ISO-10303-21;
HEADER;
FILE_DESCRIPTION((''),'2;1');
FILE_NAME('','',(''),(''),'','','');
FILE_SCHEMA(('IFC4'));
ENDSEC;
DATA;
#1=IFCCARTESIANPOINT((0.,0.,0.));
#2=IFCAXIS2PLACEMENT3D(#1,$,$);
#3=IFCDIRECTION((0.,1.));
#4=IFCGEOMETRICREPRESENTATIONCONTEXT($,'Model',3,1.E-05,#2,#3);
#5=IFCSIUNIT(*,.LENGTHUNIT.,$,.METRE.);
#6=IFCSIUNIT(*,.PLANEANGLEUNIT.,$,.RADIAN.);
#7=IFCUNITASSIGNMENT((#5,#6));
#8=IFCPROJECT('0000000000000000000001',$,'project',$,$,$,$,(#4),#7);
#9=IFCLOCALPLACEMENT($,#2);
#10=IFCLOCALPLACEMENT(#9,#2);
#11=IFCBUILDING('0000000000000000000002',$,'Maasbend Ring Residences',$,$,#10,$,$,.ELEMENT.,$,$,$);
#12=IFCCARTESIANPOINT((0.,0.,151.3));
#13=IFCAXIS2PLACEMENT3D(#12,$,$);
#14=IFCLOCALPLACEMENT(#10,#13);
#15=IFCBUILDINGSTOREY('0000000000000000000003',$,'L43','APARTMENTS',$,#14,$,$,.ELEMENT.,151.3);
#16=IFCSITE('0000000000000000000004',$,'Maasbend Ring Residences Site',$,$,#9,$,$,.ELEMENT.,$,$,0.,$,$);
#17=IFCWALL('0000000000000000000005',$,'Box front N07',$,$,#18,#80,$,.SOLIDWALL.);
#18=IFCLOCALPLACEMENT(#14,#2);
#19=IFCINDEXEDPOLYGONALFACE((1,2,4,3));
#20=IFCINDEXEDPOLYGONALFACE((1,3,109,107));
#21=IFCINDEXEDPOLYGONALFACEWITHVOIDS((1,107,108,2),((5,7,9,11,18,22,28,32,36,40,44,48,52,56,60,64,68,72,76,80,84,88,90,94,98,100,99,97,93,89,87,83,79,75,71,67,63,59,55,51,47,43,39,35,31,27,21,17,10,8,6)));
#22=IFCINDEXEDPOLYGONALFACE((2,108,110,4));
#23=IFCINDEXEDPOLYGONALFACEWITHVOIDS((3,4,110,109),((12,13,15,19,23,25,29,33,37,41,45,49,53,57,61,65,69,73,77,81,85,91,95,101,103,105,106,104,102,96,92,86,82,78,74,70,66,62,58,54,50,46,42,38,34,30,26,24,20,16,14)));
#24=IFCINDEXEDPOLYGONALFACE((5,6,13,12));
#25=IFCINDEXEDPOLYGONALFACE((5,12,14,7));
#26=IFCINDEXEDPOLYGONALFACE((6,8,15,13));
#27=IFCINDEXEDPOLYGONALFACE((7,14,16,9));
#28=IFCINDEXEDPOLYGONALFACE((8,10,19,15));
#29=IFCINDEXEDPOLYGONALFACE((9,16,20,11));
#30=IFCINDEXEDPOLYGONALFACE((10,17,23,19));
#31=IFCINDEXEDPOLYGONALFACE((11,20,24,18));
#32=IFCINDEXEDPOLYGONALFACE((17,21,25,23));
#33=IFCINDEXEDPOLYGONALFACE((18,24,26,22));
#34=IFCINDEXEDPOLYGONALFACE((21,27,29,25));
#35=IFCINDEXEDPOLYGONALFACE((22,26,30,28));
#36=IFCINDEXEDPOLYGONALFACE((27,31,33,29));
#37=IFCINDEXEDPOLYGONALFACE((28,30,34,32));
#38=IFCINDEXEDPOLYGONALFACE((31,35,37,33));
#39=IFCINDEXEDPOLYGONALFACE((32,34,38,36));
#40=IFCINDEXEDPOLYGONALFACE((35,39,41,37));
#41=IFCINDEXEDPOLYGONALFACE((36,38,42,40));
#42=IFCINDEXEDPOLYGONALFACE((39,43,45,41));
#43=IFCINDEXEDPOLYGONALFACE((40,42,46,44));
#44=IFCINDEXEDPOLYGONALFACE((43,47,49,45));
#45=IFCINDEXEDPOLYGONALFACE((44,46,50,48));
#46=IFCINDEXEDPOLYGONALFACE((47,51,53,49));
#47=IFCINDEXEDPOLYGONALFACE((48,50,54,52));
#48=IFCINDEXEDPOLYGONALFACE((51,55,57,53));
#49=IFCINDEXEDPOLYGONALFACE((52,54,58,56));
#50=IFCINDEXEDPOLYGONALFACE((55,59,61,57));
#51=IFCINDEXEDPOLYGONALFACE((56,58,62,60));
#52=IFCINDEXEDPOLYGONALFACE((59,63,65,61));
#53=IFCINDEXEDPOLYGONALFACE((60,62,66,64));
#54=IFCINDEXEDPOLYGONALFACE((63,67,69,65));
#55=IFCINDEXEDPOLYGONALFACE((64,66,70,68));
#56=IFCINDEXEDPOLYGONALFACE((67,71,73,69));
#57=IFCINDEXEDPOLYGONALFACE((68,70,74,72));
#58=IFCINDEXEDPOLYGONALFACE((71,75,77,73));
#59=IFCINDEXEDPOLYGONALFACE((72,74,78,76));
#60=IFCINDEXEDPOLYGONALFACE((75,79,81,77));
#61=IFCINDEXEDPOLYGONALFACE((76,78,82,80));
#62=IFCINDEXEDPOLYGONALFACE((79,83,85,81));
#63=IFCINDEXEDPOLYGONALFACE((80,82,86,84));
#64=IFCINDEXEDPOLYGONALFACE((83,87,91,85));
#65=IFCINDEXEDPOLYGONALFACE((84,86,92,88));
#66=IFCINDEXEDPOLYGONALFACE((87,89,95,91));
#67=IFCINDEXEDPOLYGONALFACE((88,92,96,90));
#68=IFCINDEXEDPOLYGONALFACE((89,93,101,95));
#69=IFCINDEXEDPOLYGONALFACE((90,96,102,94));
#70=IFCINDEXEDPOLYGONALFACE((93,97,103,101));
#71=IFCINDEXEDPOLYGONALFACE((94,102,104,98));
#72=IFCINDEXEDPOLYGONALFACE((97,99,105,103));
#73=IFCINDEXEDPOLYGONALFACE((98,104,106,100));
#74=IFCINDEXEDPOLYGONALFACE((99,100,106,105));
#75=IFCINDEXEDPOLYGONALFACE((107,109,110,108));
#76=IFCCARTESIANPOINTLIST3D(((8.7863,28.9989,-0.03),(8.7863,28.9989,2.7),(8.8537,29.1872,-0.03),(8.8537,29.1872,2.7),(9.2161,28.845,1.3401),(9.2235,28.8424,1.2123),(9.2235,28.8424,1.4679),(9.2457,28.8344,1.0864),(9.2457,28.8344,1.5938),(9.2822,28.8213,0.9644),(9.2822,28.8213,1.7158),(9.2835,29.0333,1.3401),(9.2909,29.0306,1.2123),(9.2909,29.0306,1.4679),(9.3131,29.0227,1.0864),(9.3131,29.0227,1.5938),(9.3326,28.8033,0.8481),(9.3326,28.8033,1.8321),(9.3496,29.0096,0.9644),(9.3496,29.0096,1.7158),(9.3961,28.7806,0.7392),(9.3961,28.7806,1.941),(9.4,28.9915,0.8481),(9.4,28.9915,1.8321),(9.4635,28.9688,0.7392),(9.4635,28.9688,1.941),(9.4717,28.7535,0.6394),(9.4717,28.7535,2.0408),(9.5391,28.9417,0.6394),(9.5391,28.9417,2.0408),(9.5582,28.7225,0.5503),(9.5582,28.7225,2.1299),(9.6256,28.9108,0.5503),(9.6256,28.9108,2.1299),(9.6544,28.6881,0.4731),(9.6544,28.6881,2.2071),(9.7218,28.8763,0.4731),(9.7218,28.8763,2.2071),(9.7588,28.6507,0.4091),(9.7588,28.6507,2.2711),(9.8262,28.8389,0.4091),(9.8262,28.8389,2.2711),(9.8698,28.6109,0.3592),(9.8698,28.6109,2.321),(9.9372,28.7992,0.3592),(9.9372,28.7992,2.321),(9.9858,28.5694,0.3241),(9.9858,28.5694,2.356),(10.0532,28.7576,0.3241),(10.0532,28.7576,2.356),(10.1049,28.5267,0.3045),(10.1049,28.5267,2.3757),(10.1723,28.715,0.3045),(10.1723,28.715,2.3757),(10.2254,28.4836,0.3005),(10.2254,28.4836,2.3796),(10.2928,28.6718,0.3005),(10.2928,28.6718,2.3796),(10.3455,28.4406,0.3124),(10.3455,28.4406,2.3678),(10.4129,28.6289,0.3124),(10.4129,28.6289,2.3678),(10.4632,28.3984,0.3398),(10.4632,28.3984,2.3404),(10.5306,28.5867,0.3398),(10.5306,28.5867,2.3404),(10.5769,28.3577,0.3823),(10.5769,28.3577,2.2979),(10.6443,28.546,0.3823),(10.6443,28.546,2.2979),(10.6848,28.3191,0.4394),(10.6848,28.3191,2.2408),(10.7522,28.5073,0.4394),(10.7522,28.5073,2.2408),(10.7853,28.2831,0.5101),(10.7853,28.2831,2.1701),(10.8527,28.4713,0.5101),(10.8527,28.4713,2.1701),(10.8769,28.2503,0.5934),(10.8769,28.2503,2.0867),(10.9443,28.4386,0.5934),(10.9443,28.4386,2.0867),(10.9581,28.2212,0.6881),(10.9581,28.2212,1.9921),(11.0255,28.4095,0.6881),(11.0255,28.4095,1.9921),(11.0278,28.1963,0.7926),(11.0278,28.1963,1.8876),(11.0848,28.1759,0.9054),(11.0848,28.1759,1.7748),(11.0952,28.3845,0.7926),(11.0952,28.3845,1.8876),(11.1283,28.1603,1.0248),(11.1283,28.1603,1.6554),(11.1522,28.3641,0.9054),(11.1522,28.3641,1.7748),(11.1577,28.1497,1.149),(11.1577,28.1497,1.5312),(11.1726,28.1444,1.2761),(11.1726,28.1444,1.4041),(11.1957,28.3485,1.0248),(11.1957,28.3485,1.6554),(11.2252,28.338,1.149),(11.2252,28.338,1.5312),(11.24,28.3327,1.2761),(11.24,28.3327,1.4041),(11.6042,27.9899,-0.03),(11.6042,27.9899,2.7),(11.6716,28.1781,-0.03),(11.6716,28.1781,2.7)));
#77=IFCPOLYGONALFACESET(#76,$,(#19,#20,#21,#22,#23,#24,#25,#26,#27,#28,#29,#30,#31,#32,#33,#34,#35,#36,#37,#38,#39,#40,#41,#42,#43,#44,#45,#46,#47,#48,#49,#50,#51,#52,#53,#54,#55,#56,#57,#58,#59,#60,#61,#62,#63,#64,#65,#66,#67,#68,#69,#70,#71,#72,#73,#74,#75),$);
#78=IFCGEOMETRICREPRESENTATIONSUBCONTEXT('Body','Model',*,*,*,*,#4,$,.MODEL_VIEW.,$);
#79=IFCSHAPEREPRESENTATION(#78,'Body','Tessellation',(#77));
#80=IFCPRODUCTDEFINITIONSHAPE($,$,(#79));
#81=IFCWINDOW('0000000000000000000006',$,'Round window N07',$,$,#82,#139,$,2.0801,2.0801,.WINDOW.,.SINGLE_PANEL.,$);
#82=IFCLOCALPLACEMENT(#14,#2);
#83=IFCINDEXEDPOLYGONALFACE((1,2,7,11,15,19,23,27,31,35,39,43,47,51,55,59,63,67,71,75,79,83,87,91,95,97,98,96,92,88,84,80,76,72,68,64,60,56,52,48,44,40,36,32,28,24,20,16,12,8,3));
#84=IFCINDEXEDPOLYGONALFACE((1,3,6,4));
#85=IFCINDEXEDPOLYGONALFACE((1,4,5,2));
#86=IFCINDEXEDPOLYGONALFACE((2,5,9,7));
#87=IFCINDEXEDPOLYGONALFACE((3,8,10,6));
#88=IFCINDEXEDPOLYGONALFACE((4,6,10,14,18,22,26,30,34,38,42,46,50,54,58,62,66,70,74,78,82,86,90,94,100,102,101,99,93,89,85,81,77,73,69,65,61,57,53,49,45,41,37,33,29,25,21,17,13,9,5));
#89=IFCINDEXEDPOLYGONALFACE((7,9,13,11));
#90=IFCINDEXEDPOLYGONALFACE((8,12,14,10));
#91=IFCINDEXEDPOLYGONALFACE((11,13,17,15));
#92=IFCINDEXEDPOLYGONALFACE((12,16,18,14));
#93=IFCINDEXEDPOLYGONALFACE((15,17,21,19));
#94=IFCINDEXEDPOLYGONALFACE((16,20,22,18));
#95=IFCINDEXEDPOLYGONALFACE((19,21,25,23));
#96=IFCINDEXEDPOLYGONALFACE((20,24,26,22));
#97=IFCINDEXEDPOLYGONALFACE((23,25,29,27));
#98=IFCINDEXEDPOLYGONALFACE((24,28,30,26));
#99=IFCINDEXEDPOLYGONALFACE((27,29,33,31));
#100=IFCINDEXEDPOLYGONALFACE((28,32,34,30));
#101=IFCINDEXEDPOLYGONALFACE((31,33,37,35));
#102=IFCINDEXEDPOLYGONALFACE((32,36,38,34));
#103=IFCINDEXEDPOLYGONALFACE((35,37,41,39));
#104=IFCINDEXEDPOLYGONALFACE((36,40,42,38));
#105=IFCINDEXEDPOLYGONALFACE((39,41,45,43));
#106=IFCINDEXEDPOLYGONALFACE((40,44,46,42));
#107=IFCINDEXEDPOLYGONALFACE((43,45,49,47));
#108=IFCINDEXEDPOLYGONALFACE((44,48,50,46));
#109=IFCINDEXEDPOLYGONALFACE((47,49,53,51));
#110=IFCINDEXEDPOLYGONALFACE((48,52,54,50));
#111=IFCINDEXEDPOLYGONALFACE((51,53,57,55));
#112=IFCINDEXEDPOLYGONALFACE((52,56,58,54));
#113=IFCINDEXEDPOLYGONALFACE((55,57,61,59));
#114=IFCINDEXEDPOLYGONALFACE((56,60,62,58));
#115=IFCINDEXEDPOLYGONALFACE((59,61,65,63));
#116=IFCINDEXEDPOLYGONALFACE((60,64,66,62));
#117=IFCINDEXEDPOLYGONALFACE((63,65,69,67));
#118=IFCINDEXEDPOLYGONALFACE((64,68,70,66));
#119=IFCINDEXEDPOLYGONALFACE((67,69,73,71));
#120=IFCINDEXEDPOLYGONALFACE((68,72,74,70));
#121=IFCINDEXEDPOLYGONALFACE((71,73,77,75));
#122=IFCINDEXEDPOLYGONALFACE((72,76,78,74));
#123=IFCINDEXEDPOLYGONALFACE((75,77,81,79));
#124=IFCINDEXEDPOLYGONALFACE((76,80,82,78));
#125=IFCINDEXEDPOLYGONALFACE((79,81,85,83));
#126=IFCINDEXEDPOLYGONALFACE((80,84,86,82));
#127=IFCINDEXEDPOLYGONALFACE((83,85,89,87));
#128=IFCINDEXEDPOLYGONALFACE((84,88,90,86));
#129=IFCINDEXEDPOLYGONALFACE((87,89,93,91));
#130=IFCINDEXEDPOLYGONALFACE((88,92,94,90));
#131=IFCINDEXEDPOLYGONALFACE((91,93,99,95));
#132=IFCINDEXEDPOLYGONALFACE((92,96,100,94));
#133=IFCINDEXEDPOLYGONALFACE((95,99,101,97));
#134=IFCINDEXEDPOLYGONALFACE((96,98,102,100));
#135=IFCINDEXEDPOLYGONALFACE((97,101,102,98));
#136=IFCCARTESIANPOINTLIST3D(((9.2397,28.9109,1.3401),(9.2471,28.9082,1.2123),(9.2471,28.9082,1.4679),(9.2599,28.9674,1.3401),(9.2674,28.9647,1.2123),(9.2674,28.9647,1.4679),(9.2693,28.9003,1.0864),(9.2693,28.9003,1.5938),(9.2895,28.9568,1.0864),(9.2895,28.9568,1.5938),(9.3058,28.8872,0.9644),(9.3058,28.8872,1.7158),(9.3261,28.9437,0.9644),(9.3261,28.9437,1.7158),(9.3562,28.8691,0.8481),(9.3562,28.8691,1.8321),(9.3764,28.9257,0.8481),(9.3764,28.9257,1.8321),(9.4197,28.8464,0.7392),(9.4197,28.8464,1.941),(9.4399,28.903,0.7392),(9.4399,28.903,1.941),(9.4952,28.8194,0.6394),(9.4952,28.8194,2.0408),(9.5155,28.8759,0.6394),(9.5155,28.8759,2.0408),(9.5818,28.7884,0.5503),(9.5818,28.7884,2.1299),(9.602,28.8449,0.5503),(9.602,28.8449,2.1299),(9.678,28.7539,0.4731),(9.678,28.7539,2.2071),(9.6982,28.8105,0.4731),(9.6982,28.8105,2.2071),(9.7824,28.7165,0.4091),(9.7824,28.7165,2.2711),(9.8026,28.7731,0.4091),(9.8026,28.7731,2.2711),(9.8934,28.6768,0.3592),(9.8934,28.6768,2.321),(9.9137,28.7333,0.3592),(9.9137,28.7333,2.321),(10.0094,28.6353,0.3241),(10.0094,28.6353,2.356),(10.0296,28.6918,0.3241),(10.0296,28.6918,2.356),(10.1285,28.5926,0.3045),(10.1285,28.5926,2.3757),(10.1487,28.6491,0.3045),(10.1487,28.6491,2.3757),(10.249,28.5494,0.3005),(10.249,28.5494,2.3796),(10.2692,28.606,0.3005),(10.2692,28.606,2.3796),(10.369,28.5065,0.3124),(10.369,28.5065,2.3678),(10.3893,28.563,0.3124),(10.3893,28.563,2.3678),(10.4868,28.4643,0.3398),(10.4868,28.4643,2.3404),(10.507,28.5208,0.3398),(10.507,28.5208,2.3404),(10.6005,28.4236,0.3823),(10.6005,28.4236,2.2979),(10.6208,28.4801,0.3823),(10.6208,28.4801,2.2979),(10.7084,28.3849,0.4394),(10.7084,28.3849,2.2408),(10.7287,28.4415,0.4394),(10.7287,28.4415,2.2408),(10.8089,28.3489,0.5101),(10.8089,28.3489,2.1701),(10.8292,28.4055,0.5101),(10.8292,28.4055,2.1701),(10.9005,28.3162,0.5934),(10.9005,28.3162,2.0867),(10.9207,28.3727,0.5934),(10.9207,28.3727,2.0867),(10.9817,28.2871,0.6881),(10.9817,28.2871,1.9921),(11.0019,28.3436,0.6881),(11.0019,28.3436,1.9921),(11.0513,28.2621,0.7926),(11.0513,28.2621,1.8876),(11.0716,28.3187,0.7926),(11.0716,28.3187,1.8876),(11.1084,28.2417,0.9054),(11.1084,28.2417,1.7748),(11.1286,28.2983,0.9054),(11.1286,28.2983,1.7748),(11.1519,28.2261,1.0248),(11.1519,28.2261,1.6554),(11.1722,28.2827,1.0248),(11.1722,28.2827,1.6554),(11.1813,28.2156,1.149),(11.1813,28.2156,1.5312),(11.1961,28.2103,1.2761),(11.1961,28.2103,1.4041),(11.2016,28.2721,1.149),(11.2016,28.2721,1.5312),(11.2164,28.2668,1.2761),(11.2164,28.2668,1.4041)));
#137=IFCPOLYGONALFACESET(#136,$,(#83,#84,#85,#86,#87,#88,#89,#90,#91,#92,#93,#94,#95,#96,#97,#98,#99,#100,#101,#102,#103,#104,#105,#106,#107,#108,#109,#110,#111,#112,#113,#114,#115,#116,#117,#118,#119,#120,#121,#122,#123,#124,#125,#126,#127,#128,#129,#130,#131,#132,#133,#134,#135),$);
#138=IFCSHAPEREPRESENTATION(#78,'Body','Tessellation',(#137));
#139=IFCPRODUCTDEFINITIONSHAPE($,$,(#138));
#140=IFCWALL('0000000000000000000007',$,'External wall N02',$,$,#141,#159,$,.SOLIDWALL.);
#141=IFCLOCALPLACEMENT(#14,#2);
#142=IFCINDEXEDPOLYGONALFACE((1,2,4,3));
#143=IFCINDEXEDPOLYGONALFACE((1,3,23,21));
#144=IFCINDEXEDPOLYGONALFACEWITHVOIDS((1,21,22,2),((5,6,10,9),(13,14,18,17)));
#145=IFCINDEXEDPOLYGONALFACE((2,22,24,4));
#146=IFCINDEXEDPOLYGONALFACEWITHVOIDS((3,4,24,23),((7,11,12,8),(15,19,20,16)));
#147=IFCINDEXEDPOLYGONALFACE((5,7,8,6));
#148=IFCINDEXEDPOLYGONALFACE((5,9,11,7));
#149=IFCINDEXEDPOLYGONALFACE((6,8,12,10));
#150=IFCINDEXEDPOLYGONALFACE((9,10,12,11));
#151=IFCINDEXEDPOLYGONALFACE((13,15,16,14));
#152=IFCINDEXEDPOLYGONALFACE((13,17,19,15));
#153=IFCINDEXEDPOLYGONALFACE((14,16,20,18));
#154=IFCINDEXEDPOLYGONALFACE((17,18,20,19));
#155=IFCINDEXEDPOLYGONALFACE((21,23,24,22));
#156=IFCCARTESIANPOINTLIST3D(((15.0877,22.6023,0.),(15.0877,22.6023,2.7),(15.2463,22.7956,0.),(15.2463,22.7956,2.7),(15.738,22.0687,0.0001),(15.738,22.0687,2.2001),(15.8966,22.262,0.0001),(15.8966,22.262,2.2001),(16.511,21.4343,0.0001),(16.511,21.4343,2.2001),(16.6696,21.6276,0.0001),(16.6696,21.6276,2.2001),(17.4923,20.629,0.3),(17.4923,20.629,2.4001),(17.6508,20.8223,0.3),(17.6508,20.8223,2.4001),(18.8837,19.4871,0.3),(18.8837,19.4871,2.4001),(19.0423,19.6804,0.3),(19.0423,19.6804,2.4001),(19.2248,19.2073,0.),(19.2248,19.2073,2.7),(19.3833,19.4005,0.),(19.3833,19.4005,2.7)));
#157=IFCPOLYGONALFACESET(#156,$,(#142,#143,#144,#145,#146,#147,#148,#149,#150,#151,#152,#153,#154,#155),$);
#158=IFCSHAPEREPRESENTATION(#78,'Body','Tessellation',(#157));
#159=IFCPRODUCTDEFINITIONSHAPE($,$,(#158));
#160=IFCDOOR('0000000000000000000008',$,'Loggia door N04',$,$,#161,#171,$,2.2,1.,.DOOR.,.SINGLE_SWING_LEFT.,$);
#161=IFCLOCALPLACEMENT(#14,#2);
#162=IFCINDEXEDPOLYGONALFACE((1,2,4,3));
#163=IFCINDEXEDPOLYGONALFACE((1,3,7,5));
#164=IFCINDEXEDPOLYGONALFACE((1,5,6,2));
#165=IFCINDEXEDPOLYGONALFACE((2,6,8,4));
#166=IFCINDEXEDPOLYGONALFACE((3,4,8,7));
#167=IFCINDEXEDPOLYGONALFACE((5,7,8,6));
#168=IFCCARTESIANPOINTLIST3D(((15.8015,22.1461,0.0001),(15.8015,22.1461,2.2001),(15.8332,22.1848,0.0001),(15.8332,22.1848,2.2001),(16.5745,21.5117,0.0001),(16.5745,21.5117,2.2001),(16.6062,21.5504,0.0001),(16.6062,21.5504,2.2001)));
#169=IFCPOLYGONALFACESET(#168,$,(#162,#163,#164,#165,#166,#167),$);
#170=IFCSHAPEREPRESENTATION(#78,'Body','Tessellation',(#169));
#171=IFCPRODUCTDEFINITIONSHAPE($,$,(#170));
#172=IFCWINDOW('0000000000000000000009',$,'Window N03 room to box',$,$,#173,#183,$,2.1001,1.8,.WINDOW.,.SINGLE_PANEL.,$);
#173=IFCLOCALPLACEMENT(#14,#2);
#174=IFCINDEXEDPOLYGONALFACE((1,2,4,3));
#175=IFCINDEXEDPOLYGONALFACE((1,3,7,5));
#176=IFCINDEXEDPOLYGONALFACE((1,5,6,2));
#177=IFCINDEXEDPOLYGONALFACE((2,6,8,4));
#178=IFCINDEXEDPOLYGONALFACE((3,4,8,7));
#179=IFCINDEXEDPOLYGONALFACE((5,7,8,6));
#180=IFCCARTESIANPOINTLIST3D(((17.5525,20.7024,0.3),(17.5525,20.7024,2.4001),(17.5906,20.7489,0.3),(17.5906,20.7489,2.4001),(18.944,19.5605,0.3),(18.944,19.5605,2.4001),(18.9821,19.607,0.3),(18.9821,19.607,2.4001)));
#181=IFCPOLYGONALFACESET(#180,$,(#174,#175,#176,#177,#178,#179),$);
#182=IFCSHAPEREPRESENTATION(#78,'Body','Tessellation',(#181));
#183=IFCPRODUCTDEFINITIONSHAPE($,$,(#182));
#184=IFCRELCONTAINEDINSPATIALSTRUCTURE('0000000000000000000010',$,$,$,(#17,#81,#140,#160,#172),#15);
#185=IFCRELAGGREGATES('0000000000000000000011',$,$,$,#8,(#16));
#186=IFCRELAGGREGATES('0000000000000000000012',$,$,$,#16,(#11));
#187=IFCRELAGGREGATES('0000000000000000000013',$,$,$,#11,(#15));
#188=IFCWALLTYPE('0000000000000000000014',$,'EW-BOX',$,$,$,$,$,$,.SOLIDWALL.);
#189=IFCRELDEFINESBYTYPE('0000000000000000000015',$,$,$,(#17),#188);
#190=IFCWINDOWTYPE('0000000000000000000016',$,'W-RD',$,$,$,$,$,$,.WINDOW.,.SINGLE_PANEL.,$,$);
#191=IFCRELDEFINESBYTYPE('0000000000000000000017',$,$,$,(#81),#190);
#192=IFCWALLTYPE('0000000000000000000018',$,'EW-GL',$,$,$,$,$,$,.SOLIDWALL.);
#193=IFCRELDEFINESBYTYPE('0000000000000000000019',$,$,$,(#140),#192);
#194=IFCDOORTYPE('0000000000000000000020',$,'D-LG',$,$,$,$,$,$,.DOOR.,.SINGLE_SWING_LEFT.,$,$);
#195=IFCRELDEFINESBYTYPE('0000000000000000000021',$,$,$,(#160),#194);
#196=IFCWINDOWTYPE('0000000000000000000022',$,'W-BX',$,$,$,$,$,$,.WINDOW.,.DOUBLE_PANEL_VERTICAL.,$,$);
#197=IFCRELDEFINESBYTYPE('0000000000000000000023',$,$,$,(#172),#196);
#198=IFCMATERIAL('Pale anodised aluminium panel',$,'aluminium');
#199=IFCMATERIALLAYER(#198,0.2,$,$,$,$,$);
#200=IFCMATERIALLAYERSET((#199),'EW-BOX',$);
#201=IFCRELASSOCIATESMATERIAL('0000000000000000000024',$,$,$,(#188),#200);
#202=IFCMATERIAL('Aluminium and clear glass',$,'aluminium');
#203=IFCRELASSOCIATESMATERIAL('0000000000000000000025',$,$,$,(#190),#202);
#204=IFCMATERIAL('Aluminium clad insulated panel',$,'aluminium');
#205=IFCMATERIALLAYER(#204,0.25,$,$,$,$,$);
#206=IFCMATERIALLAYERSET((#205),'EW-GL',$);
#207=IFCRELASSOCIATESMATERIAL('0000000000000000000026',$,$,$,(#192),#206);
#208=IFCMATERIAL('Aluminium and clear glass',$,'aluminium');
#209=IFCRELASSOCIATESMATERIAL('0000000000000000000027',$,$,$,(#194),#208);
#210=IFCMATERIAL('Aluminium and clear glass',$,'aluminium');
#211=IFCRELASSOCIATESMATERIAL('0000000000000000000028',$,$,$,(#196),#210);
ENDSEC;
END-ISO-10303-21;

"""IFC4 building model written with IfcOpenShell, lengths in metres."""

from ifc_helpers import new_model, si_unit, direction, frame, frame_2d, origin, place, context, subcontext, project, spatial, rectangle, circle, extrude, material, layer, layer_set, type_object, element, fill, save


model = new_model("IFC4")

# Units and contexts
model_context = context("Model", 3, precision=1e-05, world=origin(), true_north=direction((0.0, 1.0)))
body_context = subcontext(model_context, "Body", "Model", "MODEL_VIEW")
ifc_project = project(units=[si_unit("LENGTHUNIT", "METRE"), si_unit("PLANEANGLEUNIT", "RADIAN")], contexts=[model_context])

# Site, building, storey
site_placement = place(None, origin())
site = spatial("IfcSite", under=ifc_project, at=site_placement, Name="Maasbend Ring Residences Site", CompositionType="ELEMENT", RefElevation=0.0)
building_placement = place(site_placement, origin())
building = spatial("IfcBuilding", under=site, at=building_placement, Name="Maasbend Ring Residences", CompositionType="ELEMENT")
storey_placement = place(building_placement, frame((0.0, 0.0, 151.3)))
storey = spatial("IfcBuildingStorey", under=building, at=storey_placement, Name="L43", Description="APARTMENTS", CompositionType="ELEMENT", Elevation=151.3)

# Shared definitions
ifc_material_1 = material(Name="Pale anodised aluminium panel", Category="aluminium")
ifc_layer_1 = layer(ifc_material_1, 0.2)
ifc_layer_set_1 = layer_set([ifc_layer_1], Name="EW-BOX")
wall_type_1 = type_object("IfcWallType", Name="EW-BOX", PredefinedType="SOLIDWALL", material=ifc_layer_set_1)
ifc_material_2 = material(Name="Aluminium and clear glass", Category="aluminium")
window_type_1 = type_object("IfcWindowType", Name="W-RD", PartitioningType="SINGLE_PANEL", PredefinedType="WINDOW", material=ifc_material_2)

# Wall, opening, window
wall_1_placement = place(storey_placement, frame((11.6379, 28.084, -0.03), z_axis=(0.0, 0.0, 1.0), x_axis=(-0.941461, 0.337122, 0.0)))
wall_1 = element("IfcWall", 1, at=wall_1_placement, inside=storey, type_object=wall_type_1, Name="Box front N07", PredefinedType="SOLIDWALL", context=body_context, shape_type="SweptSolid", body=[
    extrude(rectangle(XDim=2.9932, YDim=0.2, at=frame_2d((1.4966, 0.0))), origin(), (0.0, 0.0, 1.0), 2.73),
])
opening_1_placement = place(wall_1_placement, frame((0.4565, 0.0, 0.3301)))
opening_1 = element("IfcOpeningElement", 2, at=opening_1_placement, cuts=wall_1, PredefinedType="OPENING", context=body_context, shape_type="SweptSolid", body=[
    extrude(circle(Radius=1.04, at=frame_2d((1.04, 1.04))), frame((0.0, 0.1099, 0.0), z_axis=(0.0, -1.0, 0.0), x_axis=(1.0, 0.0, 0.0)), (0.0, 0.0, 1.0), 0.22),
])
window_1_placement = place(opening_1_placement, origin())
window_1 = element("IfcWindow", 3, at=window_1_placement, inside=storey, type_object=window_type_1, Name="Round window N07", OverallHeight=2.0801, OverallWidth=2.0801, PartitioningType="SINGLE_PANEL", PredefinedType="WINDOW", context=body_context, shape_type="SweptSolid", body=[
    extrude(circle(Radius=1.04, at=frame_2d((1.04, 1.04))), frame((0.0, 0.03, 0.0), z_axis=(0.0, -1.0, 0.0), x_axis=(1.0, 0.0, 0.0)), (0.0, 0.0, 1.0), 0.0601),
])
fill(opening_1, window_1)

# Wall, openings, door, window
ifc_material_3 = material(Name="Aluminium clad insulated panel", Category="aluminium")
ifc_layer_2 = layer(ifc_material_3, 0.25)
ifc_layer_set_2 = layer_set([ifc_layer_2], Name="EW-GL")
wall_type_2 = type_object("IfcWallType", Name="EW-GL", PredefinedType="SOLIDWALL", material=ifc_layer_set_2)
wall_2_placement = place(storey_placement, frame((19.304, 19.304, 0.0), z_axis=(0.0, 0.0, 1.0), x_axis=(-0.773019, 0.634382, 0.0)))
wall_2 = element("IfcWall", 4, at=wall_2_placement, inside=storey, type_object=wall_type_2, Name="External wall N02", PredefinedType="SOLIDWALL", context=body_context, shape_type="SweptSolid", body=[
    extrude(rectangle(XDim=5.3518, YDim=0.25, at=frame_2d((2.6758, 0.0))), origin(), (0.0, 0.0, 1.0), 2.7),
])
opening_2_placement = place(wall_2_placement, frame((0.4412, 0.0, 0.3)))
opening_2 = element("IfcOpeningElement", 5, at=opening_2_placement, cuts=wall_2, PredefinedType="OPENING", context=body_context, shape_type="SweptSolid", body=[
    extrude(rectangle(XDim=1.8, YDim=2.1001, at=frame_2d((0.8999, 1.05))), frame((0.0, 0.135, 0.0), z_axis=(0.0, -1.0, 0.0), x_axis=(1.0, 0.0, 0.0)), (0.0, 0.0, 1.0), 0.27),
])
opening_3_placement = place(wall_2_placement, frame((3.5105, 0.0, 0.0)))
opening_3 = element("IfcOpeningElement", 6, at=opening_3_placement, cuts=wall_2, PredefinedType="OPENING", context=body_context, shape_type="SweptSolid", body=[
    extrude(rectangle(XDim=1.0, YDim=2.2, at=frame_2d((0.5, 1.1001))), frame((0.0, 0.135, 0.0), z_axis=(0.0, -1.0, 0.0), x_axis=(1.0, 0.0, 0.0)), (0.0, 0.0, 1.0), 0.27),
])
ifc_material_4 = material(Name="Aluminium and clear glass", Category="aluminium")
door_type_1 = type_object("IfcDoorType", Name="D-LG", OperationType="SINGLE_SWING_LEFT", PredefinedType="DOOR", material=ifc_material_4)
door_1_placement = place(opening_3_placement, origin())
door_1 = element("IfcDoor", 7, at=door_1_placement, inside=storey, type_object=door_type_1, Name="Loggia door N04", OperationType="SINGLE_SWING_LEFT", OverallHeight=2.2, OverallWidth=1.0, PredefinedType="DOOR", context=body_context, shape_type="SweptSolid", body=[
    extrude(rectangle(XDim=1.0, YDim=2.2, at=frame_2d((0.5, 1.1001))), frame((0.0, 0.0249, 0.0), z_axis=(0.0, -1.0, 0.0), x_axis=(1.0, 0.0, 0.0)), (0.0, 0.0, 1.0), 0.05),
])
fill(opening_3, door_1)
ifc_material_5 = material(Name="Aluminium and clear glass", Category="aluminium")
window_type_2 = type_object("IfcWindowType", Name="W-BX", PartitioningType="DOUBLE_PANEL_VERTICAL", PredefinedType="WINDOW", material=ifc_material_5)
window_2_placement = place(opening_2_placement, origin())
window_2 = element("IfcWindow", 8, at=window_2_placement, inside=storey, type_object=window_type_2, Name="Window N03 room to box", OverallHeight=2.1001, OverallWidth=1.8, PartitioningType="SINGLE_PANEL", PredefinedType="WINDOW", context=body_context, shape_type="SweptSolid", body=[
    extrude(rectangle(XDim=1.8, YDim=2.1001, at=frame_2d((0.8999, 1.05))), frame((0.0, 0.03, 0.0), z_axis=(0.0, -1.0, 0.0), x_axis=(1.0, 0.0, 0.0)), (0.0, 0.0, 1.0), 0.0601),
])
fill(opening_2, window_2)

save(model, "model.ifc")
